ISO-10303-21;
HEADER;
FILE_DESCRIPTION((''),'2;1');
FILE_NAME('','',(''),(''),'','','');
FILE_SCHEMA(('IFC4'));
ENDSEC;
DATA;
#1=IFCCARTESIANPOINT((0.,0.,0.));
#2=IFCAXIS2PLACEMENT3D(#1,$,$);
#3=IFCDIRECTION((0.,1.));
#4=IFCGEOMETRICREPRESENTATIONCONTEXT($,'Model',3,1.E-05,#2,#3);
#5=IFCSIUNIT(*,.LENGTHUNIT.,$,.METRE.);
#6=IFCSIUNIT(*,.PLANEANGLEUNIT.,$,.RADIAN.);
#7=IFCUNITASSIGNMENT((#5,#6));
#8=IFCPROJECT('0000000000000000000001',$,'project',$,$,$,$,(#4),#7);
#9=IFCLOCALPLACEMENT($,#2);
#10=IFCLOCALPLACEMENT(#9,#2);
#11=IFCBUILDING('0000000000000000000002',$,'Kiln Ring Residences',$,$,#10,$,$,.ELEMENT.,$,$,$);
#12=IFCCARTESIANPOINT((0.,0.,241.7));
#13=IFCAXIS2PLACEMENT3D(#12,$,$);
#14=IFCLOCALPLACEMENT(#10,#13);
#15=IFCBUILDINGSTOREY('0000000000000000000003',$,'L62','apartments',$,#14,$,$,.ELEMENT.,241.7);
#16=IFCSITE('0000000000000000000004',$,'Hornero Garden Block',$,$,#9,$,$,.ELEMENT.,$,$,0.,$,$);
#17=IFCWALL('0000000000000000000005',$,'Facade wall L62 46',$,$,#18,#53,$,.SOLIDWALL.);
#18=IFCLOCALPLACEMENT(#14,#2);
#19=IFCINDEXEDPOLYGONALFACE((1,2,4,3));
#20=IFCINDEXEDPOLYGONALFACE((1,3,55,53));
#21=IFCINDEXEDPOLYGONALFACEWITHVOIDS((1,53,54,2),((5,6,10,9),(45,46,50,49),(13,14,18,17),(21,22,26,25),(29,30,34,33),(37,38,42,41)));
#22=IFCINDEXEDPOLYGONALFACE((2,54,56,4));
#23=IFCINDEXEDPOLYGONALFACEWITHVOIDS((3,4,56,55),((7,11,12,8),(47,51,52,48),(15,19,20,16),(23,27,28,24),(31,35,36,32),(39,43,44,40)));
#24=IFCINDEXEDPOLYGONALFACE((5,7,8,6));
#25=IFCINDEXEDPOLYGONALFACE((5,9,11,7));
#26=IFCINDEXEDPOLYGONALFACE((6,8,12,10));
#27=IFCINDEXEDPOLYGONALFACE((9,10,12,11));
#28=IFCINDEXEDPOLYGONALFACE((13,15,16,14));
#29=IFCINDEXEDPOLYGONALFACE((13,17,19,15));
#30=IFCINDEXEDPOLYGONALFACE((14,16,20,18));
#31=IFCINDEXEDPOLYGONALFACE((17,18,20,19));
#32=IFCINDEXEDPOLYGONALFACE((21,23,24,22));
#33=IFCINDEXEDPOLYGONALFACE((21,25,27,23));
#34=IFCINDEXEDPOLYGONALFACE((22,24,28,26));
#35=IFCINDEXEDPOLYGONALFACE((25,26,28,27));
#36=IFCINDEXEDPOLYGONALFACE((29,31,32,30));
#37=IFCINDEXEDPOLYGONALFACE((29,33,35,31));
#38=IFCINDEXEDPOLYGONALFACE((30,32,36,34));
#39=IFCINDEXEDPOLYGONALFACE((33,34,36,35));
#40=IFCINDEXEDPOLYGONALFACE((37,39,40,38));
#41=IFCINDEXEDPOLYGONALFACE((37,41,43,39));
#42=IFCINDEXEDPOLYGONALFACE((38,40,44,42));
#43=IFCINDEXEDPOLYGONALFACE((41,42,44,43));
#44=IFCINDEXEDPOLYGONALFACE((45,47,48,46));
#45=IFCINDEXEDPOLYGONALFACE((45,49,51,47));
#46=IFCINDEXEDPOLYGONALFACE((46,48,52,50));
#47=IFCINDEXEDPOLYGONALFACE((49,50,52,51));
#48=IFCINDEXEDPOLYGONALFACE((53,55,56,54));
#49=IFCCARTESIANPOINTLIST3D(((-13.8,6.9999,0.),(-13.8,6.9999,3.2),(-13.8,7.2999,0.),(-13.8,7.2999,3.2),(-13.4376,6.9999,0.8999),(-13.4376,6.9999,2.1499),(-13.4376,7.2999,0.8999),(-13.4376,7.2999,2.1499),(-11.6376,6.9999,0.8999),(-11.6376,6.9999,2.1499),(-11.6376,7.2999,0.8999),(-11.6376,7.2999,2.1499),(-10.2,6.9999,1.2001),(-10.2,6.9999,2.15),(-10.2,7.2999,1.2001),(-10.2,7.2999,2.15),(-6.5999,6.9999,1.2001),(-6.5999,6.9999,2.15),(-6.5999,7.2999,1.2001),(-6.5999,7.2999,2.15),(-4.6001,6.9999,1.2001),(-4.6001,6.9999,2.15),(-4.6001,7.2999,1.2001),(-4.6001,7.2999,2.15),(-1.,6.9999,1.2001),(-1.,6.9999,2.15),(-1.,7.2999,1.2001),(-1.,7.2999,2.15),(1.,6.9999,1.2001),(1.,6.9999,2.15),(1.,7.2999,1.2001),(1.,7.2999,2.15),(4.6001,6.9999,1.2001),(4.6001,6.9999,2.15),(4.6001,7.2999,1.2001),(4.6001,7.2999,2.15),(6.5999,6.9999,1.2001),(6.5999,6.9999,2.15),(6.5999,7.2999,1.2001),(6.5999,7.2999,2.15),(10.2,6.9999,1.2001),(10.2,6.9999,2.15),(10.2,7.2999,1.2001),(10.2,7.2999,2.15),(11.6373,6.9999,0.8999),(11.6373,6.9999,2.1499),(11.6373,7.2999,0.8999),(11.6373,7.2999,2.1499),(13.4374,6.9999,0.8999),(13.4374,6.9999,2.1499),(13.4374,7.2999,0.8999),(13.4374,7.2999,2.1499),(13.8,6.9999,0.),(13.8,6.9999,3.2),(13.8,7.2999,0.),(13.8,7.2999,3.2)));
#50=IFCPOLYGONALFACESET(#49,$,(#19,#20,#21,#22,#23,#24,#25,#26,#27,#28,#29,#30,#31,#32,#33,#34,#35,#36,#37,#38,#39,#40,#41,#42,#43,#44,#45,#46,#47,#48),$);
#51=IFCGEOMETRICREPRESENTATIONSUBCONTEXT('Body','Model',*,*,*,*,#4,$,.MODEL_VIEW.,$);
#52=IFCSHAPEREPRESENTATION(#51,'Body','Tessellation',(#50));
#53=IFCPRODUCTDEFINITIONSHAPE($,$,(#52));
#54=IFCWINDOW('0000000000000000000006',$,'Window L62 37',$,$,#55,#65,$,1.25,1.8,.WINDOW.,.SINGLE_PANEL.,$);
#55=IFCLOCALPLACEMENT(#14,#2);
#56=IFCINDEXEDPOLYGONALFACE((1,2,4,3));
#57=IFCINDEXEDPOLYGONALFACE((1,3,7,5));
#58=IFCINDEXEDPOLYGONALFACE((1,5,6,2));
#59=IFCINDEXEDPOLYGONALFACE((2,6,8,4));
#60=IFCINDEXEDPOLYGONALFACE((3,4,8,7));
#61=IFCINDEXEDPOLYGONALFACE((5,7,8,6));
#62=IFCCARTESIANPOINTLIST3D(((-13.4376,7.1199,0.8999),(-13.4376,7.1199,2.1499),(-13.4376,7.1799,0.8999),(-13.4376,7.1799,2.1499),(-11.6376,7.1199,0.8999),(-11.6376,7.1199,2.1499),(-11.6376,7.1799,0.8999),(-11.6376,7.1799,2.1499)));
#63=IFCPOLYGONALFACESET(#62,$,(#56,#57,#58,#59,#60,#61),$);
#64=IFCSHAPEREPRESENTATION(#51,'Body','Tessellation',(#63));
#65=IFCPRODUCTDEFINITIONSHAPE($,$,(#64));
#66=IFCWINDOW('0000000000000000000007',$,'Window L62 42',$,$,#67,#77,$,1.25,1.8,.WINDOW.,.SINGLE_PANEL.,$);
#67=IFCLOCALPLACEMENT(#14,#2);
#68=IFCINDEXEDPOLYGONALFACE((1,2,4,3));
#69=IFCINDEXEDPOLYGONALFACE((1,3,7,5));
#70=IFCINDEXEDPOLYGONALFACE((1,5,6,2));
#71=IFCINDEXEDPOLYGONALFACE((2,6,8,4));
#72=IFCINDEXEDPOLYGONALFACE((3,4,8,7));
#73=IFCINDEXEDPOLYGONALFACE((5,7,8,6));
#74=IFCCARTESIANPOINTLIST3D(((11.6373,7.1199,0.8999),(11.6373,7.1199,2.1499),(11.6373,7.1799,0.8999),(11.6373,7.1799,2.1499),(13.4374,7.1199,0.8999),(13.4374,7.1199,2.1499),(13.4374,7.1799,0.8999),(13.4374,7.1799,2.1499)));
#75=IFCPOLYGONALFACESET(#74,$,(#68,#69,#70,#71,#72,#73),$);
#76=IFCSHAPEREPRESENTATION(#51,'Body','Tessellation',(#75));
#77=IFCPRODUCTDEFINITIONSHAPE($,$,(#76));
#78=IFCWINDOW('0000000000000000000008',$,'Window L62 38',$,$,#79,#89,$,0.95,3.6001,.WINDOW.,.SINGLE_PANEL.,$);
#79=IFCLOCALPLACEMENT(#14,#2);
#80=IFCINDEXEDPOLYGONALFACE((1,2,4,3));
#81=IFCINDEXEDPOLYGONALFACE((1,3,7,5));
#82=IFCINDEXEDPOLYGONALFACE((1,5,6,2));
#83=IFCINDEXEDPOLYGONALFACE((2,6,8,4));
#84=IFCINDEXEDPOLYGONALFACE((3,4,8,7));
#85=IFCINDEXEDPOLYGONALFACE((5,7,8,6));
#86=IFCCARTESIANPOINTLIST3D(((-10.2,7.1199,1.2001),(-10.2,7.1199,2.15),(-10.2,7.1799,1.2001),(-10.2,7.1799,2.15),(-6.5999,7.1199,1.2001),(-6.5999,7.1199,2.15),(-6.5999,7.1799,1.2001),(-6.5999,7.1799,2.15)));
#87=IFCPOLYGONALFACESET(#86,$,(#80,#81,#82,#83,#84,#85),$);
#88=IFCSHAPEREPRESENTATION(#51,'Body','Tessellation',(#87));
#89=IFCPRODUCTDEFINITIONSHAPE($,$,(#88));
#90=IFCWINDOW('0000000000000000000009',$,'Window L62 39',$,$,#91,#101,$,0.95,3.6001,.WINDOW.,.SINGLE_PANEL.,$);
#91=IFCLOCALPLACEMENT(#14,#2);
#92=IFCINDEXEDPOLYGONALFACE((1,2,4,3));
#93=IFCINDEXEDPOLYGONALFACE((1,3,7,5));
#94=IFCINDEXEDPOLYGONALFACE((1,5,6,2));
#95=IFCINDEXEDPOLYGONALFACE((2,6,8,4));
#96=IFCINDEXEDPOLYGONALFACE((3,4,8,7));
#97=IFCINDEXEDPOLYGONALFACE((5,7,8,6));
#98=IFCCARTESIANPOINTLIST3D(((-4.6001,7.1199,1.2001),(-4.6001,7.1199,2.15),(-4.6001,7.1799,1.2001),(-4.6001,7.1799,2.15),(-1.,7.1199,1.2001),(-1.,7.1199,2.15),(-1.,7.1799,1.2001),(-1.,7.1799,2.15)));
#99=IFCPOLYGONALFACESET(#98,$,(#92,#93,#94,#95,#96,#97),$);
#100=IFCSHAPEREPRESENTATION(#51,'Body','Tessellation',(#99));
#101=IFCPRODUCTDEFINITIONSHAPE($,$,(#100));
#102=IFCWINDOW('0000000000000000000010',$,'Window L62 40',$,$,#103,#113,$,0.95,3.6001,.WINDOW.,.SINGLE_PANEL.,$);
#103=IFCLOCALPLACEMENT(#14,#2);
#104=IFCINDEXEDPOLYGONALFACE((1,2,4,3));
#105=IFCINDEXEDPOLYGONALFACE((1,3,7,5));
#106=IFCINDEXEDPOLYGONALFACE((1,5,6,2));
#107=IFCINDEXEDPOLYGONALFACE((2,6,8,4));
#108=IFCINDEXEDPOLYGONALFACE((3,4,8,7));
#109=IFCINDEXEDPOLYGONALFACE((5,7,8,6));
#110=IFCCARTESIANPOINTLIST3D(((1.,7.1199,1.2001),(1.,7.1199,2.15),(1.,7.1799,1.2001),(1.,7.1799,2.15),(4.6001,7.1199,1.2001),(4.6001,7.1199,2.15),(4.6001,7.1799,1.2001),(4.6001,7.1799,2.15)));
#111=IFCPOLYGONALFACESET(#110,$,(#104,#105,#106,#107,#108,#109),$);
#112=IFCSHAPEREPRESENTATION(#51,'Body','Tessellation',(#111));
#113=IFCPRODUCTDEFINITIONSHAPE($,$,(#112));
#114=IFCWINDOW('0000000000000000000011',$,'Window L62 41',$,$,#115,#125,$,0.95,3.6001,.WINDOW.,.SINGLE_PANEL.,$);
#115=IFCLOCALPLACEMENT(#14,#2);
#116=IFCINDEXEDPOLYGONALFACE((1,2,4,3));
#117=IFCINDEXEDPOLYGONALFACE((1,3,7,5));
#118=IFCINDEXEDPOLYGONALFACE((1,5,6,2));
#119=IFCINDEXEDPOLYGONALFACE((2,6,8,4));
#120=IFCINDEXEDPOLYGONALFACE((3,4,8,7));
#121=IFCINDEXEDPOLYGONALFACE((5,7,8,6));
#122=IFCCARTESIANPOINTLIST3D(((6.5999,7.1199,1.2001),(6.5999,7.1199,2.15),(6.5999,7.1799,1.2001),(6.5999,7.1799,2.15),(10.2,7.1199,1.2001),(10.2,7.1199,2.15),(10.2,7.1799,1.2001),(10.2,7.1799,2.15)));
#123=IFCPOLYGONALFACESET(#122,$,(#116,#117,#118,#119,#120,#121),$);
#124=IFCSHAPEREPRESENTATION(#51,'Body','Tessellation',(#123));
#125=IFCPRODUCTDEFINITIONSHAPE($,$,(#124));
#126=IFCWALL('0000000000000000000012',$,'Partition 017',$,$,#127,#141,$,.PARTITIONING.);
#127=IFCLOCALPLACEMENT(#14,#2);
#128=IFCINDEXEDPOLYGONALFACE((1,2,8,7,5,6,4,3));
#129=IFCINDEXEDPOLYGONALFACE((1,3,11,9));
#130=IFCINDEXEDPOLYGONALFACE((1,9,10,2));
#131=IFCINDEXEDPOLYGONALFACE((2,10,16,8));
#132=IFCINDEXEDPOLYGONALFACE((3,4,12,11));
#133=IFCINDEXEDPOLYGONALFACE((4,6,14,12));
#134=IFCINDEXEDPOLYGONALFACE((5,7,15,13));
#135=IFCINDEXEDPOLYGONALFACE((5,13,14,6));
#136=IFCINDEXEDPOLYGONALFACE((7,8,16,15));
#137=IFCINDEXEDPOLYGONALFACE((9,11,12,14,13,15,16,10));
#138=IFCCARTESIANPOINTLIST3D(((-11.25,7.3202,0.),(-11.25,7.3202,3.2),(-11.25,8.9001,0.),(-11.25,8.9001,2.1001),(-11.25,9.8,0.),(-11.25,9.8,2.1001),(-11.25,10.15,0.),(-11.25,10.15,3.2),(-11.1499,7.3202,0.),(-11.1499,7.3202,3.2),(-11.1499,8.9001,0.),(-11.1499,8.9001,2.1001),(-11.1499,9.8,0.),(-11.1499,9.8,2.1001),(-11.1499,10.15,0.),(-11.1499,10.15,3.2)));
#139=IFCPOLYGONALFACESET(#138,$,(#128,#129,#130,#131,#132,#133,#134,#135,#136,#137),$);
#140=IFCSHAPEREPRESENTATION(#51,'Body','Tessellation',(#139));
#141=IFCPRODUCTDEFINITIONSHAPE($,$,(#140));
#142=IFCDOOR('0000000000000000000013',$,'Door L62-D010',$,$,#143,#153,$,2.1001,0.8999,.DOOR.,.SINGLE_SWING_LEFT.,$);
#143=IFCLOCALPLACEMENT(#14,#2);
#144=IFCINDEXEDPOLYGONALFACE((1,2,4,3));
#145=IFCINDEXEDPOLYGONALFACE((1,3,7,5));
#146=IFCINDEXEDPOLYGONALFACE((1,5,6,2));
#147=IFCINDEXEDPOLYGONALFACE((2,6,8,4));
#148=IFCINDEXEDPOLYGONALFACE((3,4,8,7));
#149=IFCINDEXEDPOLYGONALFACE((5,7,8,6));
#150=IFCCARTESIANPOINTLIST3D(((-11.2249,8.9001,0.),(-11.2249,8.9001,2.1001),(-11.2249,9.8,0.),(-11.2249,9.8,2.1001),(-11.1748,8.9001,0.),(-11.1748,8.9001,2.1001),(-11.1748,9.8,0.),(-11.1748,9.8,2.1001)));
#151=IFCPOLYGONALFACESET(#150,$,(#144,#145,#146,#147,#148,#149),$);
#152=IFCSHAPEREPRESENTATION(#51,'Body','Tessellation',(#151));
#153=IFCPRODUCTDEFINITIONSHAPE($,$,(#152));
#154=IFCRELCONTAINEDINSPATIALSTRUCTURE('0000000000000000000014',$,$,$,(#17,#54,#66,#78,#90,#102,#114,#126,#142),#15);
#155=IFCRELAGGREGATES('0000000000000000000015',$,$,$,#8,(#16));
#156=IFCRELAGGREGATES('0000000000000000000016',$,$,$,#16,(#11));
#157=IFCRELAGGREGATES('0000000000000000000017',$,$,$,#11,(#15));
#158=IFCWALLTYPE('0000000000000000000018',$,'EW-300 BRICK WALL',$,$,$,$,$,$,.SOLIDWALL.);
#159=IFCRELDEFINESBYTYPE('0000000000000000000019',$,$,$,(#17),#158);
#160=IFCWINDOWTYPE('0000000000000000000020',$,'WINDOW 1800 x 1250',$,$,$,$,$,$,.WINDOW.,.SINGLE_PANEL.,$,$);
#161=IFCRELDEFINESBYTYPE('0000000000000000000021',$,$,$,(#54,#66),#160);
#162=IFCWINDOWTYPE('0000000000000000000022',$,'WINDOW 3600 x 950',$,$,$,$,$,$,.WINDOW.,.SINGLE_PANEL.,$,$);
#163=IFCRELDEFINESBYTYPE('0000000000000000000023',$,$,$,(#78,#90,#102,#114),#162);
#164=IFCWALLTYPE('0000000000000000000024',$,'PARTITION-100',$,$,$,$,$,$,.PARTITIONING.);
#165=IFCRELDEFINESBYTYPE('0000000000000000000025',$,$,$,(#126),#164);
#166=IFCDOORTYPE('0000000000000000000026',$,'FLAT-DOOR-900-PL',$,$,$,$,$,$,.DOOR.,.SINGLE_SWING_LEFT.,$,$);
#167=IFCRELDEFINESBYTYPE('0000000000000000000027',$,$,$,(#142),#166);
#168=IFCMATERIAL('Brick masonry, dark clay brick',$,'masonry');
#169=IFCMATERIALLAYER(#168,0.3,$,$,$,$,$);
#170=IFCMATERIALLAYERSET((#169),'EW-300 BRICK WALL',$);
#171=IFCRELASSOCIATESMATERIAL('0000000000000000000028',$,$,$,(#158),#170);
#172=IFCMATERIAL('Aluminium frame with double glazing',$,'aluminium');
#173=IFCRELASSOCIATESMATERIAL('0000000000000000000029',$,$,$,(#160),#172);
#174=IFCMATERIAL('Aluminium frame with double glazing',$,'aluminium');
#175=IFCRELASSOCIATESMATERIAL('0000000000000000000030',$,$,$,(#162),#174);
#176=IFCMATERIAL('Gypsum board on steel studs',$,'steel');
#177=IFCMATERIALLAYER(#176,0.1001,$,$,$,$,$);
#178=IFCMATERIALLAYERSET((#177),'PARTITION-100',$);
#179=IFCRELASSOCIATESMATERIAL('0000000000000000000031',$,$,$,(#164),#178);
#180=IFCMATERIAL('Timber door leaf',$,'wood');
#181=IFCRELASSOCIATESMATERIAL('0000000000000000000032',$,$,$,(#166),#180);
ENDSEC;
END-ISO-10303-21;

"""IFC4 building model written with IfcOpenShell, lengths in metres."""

from ifc_helpers import new_model, si_unit, direction, frame, frame_2d, origin, place, context, subcontext, project, spatial, rectangle, extrude, material, layer, layer_set, type_object, element, fill, save


model = new_model("IFC4")

# Units and contexts
model_context = context("Model", 3, precision=1e-05, world=origin(), true_north=direction((0.0, 1.0)))
body_context = subcontext(model_context, "Body", "Model", "MODEL_VIEW")
ifc_project = project(units=[si_unit("LENGTHUNIT", "METRE"), si_unit("PLANEANGLEUNIT", "RADIAN")], contexts=[model_context])

# Site, building, storey
site_placement = place(None, origin())
site = spatial("IfcSite", under=ifc_project, at=site_placement, Name="Hornero Garden Block", CompositionType="ELEMENT", RefElevation=0.0)
building_placement = place(site_placement, origin())
building = spatial("IfcBuilding", under=site, at=building_placement, Name="Kiln Ring Residences", CompositionType="ELEMENT")
storey_placement = place(building_placement, frame((0.0, 0.0, 241.7)))
storey = spatial("IfcBuildingStorey", under=building, at=storey_placement, Name="L62", Description="apartments", CompositionType="ELEMENT", Elevation=241.7)

# Wall, openings, windows
ifc_material_1 = material(Name="Brick masonry, dark clay brick", Category="masonry")
ifc_layer_1 = layer(ifc_material_1, 0.3)
ifc_layer_set_1 = layer_set([ifc_layer_1], Name="EW-300 BRICK WALL")
wall_type_1 = type_object("IfcWallType", Name="EW-300 BRICK WALL", PredefinedType="SOLIDWALL", material=ifc_layer_set_1)
wall_1_placement = place(storey_placement, frame((-13.8, 7.1499, 0.0), z_axis=(0.0, 0.0, 1.0), x_axis=(1.0, 0.0, 0.0)))
wall_1 = element("IfcWall", 1, at=wall_1_placement, inside=storey, type_object=wall_type_1, Name="Facade wall L62 46", PredefinedType="SOLIDWALL", context=body_context, shape_type="SweptSolid", body=[
    extrude(rectangle(XDim=27.6001, YDim=0.3, at=frame_2d((13.8, 0.0))), origin(), (0.0, 0.0, 1.0), 3.2),
])
opening_1_placement = place(wall_1_placement, frame((0.3625, 0.0, 0.8999)))
opening_1 = element("IfcOpeningElement", 2, at=opening_1_placement, cuts=wall_1, PredefinedType="OPENING", context=body_context, shape_type="SweptSolid", body=[
    extrude(rectangle(XDim=1.8, YDim=1.25, at=frame_2d((0.8999, 0.625))), frame((0.0, 0.1599, 0.0), z_axis=(0.0, -1.0, 0.0), x_axis=(1.0, 0.0, 0.0)), (0.0, 0.0, 1.0), 0.3201),
])
opening_2_placement = place(wall_1_placement, frame((3.6001, 0.0, 1.2)))
opening_2 = element("IfcOpeningElement", 3, at=opening_2_placement, cuts=wall_1, PredefinedType="OPENING", context=body_context, shape_type="SweptSolid", body=[
    extrude(rectangle(XDim=3.6001, YDim=0.95, at=frame_2d((1.8, 0.4751))), frame((0.0, 0.1599, 0.0), z_axis=(0.0, -1.0, 0.0), x_axis=(1.0, 0.0, 0.0)), (0.0, 0.0, 1.0), 0.3201),
])
opening_3_placement = place(wall_1_placement, frame((9.2, 0.0, 1.2)))
opening_3 = element("IfcOpeningElement", 4, at=opening_3_placement, cuts=wall_1, PredefinedType="OPENING", context=body_context, shape_type="SweptSolid", body=[
    extrude(rectangle(XDim=3.6001, YDim=0.95, at=frame_2d((1.8, 0.4751))), frame((0.0, 0.1599, 0.0), z_axis=(0.0, -1.0, 0.0), x_axis=(1.0, 0.0, 0.0)), (0.0, 0.0, 1.0), 0.3201),
])
opening_4_placement = place(wall_1_placement, frame((14.8, 0.0, 1.2)))
opening_4 = element("IfcOpeningElement", 5, at=opening_4_placement, cuts=wall_1, PredefinedType="OPENING", context=body_context, shape_type="SweptSolid", body=[
    extrude(rectangle(XDim=3.6001, YDim=0.95, at=frame_2d((1.8, 0.4751))), frame((0.0, 0.1599, 0.0), z_axis=(0.0, -1.0, 0.0), x_axis=(1.0, 0.0, 0.0)), (0.0, 0.0, 1.0), 0.3201),
])
opening_5_placement = place(wall_1_placement, frame((20.3999, 0.0, 1.2)))
opening_5 = element("IfcOpeningElement", 6, at=opening_5_placement, cuts=wall_1, PredefinedType="OPENING", context=body_context, shape_type="SweptSolid", body=[
    extrude(rectangle(XDim=3.6001, YDim=0.95, at=frame_2d((1.8, 0.4751))), frame((0.0, 0.1599, 0.0), z_axis=(0.0, -1.0, 0.0), x_axis=(1.0, 0.0, 0.0)), (0.0, 0.0, 1.0), 0.3201),
])
opening_6_placement = place(wall_1_placement, frame((25.4375, 0.0, 0.8999)))
opening_6 = element("IfcOpeningElement", 7, at=opening_6_placement, cuts=wall_1, PredefinedType="OPENING", context=body_context, shape_type="SweptSolid", body=[
    extrude(rectangle(XDim=1.8, YDim=1.25, at=frame_2d((0.8999, 0.625))), frame((0.0, 0.1599, 0.0), z_axis=(0.0, -1.0, 0.0), x_axis=(1.0, 0.0, 0.0)), (0.0, 0.0, 1.0), 0.3201),
])
ifc_material_2 = material(Name="Aluminium frame with double glazing", Category="aluminium")
window_type_1 = type_object("IfcWindowType", Name="WINDOW 1800 x 1250", PartitioningType="SINGLE_PANEL", PredefinedType="WINDOW", material=ifc_material_2)
window_1_placement = place(opening_1_placement, origin())
window_1 = element("IfcWindow", 8, at=window_1_placement, inside=storey, type_object=window_type_1, Name="Window L62 37", OverallHeight=1.25, OverallWidth=1.8, PartitioningType="SINGLE_PANEL", PredefinedType="WINDOW", context=body_context, shape_type="SweptSolid", body=[
    extrude(rectangle(XDim=1.8, YDim=1.25, at=frame_2d((0.8999, 0.625))), frame((0.0, 0.03, 0.0), z_axis=(0.0, -1.0, 0.0), x_axis=(1.0, 0.0, 0.0)), (0.0, 0.0, 1.0), 0.0601),
])
fill(opening_1, window_1)
window_2_placement = place(opening_6_placement, origin())
window_2 = element("IfcWindow", 9, at=window_2_placement, inside=storey, type_object=window_type_1, Name="Window L62 42", OverallHeight=1.25, OverallWidth=1.8, PartitioningType="SINGLE_PANEL", PredefinedType="WINDOW", context=body_context, shape_type="SweptSolid", body=[
    extrude(rectangle(XDim=1.8, YDim=1.25, at=frame_2d((0.8999, 0.625))), frame((0.0, 0.03, 0.0), z_axis=(0.0, -1.0, 0.0), x_axis=(1.0, 0.0, 0.0)), (0.0, 0.0, 1.0), 0.0601),
])
fill(opening_6, window_2)
ifc_material_3 = material(Name="Aluminium frame with double glazing", Category="aluminium")
window_type_2 = type_object("IfcWindowType", Name="WINDOW 3600 x 950", PartitioningType="SINGLE_PANEL", PredefinedType="WINDOW", material=ifc_material_3)
window_3_placement = place(opening_2_placement, origin())
window_3 = element("IfcWindow", 10, at=window_3_placement, inside=storey, type_object=window_type_2, Name="Window L62 38", OverallHeight=0.95, OverallWidth=3.6001, PartitioningType="SINGLE_PANEL", PredefinedType="WINDOW", context=body_context, shape_type="SweptSolid", body=[
    extrude(rectangle(XDim=3.6001, YDim=0.95, at=frame_2d((1.8, 0.4751))), frame((0.0, 0.03, 0.0), z_axis=(0.0, -1.0, 0.0), x_axis=(1.0, 0.0, 0.0)), (0.0, 0.0, 1.0), 0.0601),
])
fill(opening_2, window_3)
window_4_placement = place(opening_3_placement, origin())
window_4 = element("IfcWindow", 11, at=window_4_placement, inside=storey, type_object=window_type_2, Name="Window L62 39", OverallHeight=0.95, OverallWidth=3.6001, PartitioningType="SINGLE_PANEL", PredefinedType="WINDOW", context=body_context, shape_type="SweptSolid", body=[
    extrude(rectangle(XDim=3.6001, YDim=0.95, at=frame_2d((1.8, 0.4751))), frame((0.0, 0.03, 0.0), z_axis=(0.0, -1.0, 0.0), x_axis=(1.0, 0.0, 0.0)), (0.0, 0.0, 1.0), 0.0601),
])
fill(opening_3, window_4)
window_5_placement = place(opening_4_placement, origin())
window_5 = element("IfcWindow", 12, at=window_5_placement, inside=storey, type_object=window_type_2, Name="Window L62 40", OverallHeight=0.95, OverallWidth=3.6001, PartitioningType="SINGLE_PANEL", PredefinedType="WINDOW", context=body_context, shape_type="SweptSolid", body=[
    extrude(rectangle(XDim=3.6001, YDim=0.95, at=frame_2d((1.8, 0.4751))), frame((0.0, 0.03, 0.0), z_axis=(0.0, -1.0, 0.0), x_axis=(1.0, 0.0, 0.0)), (0.0, 0.0, 1.0), 0.0601),
])
fill(opening_4, window_5)
window_6_placement = place(opening_5_placement, origin())
window_6 = element("IfcWindow", 13, at=window_6_placement, inside=storey, type_object=window_type_2, Name="Window L62 41", OverallHeight=0.95, OverallWidth=3.6001, PartitioningType="SINGLE_PANEL", PredefinedType="WINDOW", context=body_context, shape_type="SweptSolid", body=[
    extrude(rectangle(XDim=3.6001, YDim=0.95, at=frame_2d((1.8, 0.4751))), frame((0.0, 0.03, 0.0), z_axis=(0.0, -1.0, 0.0), x_axis=(1.0, 0.0, 0.0)), (0.0, 0.0, 1.0), 0.0601),
])
fill(opening_5, window_6)

# Wall, opening, door
ifc_material_4 = material(Name="Gypsum board on steel studs", Category="steel")
ifc_layer_2 = layer(ifc_material_4, 0.1001)
ifc_layer_set_2 = layer_set([ifc_layer_2], Name="PARTITION-100")
wall_type_2 = type_object("IfcWallType", Name="PARTITION-100", PredefinedType="PARTITIONING", material=ifc_layer_set_2)
wall_2_placement = place(storey_placement, frame((-11.2, 7.3201, 0.0), z_axis=(0.0, 0.0, 1.0), x_axis=(0.0, 1.0, 0.0)))
wall_2 = element("IfcWall", 14, at=wall_2_placement, inside=storey, type_object=wall_type_2, Name="Partition 017", PredefinedType="PARTITIONING", context=body_context, shape_type="SweptSolid", body=[
    extrude(rectangle(XDim=2.8298, YDim=0.1001, at=frame_2d((1.415, 0.0))), origin(), (0.0, 0.0, 1.0), 3.2),
])
opening_7_placement = place(wall_2_placement, frame((1.5801, 0.0, 0.0)))
opening_7 = element("IfcOpeningElement", 15, at=opening_7_placement, cuts=wall_2, PredefinedType="OPENING", context=body_context, shape_type="SweptSolid", body=[
    extrude(rectangle(XDim=0.8999, YDim=2.1001, at=frame_2d((0.45, 1.05))), frame((0.0, 0.0601, 0.0), z_axis=(0.0, -1.0, 0.0), x_axis=(1.0, 0.0, 0.0)), (0.0, 0.0, 1.0), 0.1201),
])
ifc_material_5 = material(Name="Timber door leaf", Category="wood")
door_type = type_object("IfcDoorType", Name="FLAT-DOOR-900-PL", OperationType="SINGLE_SWING_LEFT", PredefinedType="DOOR", material=ifc_material_5)
door_placement = place(opening_7_placement, origin())
door = element("IfcDoor", 16, at=door_placement, inside=storey, type_object=door_type, Name="Door L62-D010", OperationType="SINGLE_SWING_LEFT", OverallHeight=2.1001, OverallWidth=0.8999, PredefinedType="DOOR", context=body_context, shape_type="SweptSolid", body=[
    extrude(rectangle(XDim=0.8999, YDim=2.1001, at=frame_2d((0.45, 1.05))), frame((0.0, 0.0249, 0.0), z_axis=(0.0, -1.0, 0.0), x_axis=(1.0, 0.0, 0.0)), (0.0, 0.0, 1.0), 0.05),
])
fill(opening_7, door)

save(model, "model.ifc")
